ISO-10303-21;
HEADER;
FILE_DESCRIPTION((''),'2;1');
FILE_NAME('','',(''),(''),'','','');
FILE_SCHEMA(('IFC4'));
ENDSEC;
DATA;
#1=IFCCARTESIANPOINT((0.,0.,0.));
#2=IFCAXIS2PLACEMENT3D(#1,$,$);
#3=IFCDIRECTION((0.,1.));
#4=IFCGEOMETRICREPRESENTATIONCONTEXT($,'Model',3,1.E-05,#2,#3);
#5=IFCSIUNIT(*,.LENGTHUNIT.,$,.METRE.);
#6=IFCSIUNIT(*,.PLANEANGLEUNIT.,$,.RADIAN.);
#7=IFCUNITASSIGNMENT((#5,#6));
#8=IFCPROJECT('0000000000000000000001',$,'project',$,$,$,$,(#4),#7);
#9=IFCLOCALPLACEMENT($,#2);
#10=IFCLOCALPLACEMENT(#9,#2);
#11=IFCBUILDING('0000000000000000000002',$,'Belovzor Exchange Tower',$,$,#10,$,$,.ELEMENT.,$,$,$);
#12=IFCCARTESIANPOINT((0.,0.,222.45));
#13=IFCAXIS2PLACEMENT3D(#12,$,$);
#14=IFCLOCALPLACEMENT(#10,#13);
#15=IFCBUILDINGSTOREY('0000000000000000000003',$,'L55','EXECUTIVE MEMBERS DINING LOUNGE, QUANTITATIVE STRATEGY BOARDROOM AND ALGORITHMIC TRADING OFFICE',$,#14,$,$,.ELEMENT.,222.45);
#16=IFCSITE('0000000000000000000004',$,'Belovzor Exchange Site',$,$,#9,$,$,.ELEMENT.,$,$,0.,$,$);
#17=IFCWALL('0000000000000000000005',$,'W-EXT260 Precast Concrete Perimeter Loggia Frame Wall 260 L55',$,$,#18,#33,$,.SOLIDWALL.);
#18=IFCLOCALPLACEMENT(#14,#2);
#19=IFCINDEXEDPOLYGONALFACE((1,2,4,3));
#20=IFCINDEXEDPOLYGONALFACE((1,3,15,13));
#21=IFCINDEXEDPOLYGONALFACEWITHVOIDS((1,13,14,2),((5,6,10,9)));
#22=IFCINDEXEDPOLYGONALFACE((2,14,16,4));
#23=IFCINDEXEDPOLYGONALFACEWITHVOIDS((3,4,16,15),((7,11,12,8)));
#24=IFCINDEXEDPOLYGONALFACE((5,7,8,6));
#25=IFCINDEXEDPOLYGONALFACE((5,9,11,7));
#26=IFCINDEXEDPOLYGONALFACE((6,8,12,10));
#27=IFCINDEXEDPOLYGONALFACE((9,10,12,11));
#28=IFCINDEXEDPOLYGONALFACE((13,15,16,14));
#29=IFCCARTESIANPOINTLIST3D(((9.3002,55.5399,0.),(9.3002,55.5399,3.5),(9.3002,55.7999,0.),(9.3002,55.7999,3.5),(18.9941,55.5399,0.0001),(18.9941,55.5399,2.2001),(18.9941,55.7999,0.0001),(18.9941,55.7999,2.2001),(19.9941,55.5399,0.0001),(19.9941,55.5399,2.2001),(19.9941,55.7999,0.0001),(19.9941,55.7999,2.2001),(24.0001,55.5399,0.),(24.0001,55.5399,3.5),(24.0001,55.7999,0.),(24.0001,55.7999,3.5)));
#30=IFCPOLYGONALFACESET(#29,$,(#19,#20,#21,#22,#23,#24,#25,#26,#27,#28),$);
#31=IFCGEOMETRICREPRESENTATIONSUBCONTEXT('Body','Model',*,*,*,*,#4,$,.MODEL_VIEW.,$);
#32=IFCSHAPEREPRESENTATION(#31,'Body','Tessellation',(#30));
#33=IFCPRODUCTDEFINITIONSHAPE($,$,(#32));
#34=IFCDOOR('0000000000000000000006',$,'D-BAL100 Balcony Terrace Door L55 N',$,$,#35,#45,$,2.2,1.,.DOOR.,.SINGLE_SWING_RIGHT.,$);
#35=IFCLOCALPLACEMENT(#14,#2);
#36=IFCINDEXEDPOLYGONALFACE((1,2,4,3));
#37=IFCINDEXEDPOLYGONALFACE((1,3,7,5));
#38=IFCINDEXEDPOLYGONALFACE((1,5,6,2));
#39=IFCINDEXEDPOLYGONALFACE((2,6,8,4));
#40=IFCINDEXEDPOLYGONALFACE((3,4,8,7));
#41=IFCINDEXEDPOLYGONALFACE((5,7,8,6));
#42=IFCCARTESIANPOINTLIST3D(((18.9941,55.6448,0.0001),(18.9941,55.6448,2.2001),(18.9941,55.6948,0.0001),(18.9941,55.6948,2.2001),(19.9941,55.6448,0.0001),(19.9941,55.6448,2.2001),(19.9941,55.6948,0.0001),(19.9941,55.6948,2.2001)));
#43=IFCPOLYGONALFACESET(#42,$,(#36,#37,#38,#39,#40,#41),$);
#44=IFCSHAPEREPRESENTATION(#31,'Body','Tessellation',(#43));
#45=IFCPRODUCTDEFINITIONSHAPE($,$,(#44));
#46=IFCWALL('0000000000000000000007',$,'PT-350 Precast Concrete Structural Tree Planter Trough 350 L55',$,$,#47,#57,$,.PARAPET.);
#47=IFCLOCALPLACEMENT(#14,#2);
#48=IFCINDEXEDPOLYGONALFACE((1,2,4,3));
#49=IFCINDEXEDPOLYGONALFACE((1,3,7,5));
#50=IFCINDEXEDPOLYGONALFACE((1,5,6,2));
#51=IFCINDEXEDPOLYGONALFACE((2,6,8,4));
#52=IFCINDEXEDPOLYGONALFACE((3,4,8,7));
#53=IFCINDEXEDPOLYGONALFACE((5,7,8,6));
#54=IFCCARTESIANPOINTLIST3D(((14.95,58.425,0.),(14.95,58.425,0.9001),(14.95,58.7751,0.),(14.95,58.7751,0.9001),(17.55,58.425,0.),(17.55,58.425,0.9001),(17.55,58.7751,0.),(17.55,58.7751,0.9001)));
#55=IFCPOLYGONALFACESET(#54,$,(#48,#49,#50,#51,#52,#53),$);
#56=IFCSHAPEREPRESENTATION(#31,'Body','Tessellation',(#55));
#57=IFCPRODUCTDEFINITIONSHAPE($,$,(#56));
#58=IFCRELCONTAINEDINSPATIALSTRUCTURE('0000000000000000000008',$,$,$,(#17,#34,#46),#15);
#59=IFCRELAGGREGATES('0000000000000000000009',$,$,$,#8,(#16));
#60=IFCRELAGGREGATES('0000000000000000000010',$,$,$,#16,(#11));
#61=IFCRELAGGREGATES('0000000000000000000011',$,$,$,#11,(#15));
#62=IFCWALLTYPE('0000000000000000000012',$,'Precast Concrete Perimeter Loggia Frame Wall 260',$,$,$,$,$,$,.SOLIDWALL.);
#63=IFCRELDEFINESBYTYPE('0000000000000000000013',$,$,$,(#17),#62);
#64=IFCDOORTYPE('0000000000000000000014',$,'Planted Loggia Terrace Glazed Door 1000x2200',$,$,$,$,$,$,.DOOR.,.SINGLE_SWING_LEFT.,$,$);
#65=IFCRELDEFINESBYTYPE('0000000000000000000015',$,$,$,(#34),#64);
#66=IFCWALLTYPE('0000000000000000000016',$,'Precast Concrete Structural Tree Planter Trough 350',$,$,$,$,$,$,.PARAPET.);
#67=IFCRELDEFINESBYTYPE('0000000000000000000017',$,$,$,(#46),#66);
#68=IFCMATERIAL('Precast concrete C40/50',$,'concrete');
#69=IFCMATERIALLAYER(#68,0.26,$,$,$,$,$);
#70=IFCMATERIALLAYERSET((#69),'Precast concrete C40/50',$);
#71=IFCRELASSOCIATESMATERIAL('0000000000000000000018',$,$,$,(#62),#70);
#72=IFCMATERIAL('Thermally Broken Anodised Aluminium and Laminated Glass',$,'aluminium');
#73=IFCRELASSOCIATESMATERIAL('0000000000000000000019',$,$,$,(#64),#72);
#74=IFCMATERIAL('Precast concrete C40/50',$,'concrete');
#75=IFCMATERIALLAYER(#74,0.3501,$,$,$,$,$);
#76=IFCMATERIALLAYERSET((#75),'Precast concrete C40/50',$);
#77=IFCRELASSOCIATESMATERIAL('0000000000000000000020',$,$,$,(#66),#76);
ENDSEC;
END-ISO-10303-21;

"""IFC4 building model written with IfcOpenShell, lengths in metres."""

from ifc_helpers import new_model, si_unit, direction, frame, frame_2d, origin, place, context, subcontext, project, spatial, rectangle, extrude, material, layer, layer_set, type_object, element, fill, save


model = new_model("IFC4")

# Units and contexts
model_context = context("Model", 3, precision=1e-05, world=origin(), true_north=direction((0.0, 1.0)))
body_context = subcontext(model_context, "Body", "Model", "MODEL_VIEW")
ifc_project = project(units=[si_unit("LENGTHUNIT", "METRE"), si_unit("PLANEANGLEUNIT", "RADIAN")], contexts=[model_context])

# Site, building, storey
site_placement = place(None, origin())
site = spatial("IfcSite", under=ifc_project, at=site_placement, Name="Belovzor Exchange Site", CompositionType="ELEMENT", RefElevation=0.0)
building_placement = place(site_placement, origin())
building = spatial("IfcBuilding", under=site, at=building_placement, Name="Belovzor Exchange Tower", CompositionType="ELEMENT")
storey_placement = place(building_placement, frame((0.0, 0.0, 222.45)))
storey = spatial("IfcBuildingStorey", under=building, at=storey_placement, Name="L55", Description="EXECUTIVE MEMBERS DINING LOUNGE, QUANTITATIVE STRATEGY BOARDROOM AND ALGORITHMIC TRADING OFFICE", CompositionType="ELEMENT", Elevation=222.45)

# Wall, opening, door
ifc_material_1 = material(Name="Precast concrete C40/50", Category="concrete")
ifc_layer_1 = layer(ifc_material_1, 0.26)
ifc_layer_set_1 = layer_set([ifc_layer_1], Name="Precast concrete C40/50")
wall_type_1 = type_object("IfcWallType", Name="Precast Concrete Perimeter Loggia Frame Wall 260", PredefinedType="SOLIDWALL", material=ifc_layer_set_1)
wall_1_placement = place(storey_placement, frame((9.3, 55.6699, 0.0), z_axis=(0.0, 0.0, 1.0), x_axis=(1.0, 0.0, 0.0)))
wall_1 = element("IfcWall", 1, at=wall_1_placement, inside=storey, type_object=wall_type_1, Name="W-EXT260 Precast Concrete Perimeter Loggia Frame Wall 260 L55", PredefinedType="SOLIDWALL", context=body_context, shape_type="SweptSolid", body=[
    extrude(rectangle(XDim=14.7, YDim=0.26, at=frame_2d((7.3501, 0.0))), origin(), (0.0, 0.0, 1.0), 3.5),
])
opening_1_placement = place(wall_1_placement, frame((9.6941, 0.0, 0.0)))
opening_1 = element("IfcOpeningElement", 2, at=opening_1_placement, cuts=wall_1, PredefinedType="OPENING", context=body_context, shape_type="SweptSolid", body=[
    extrude(rectangle(XDim=1.0, YDim=2.2, at=frame_2d((0.5, 1.1001))), frame((0.0, 0.1399, 0.0), z_axis=(0.0, -1.0, 0.0), x_axis=(1.0, 0.0, 0.0)), (0.0, 0.0, 1.0), 0.28),
])
ifc_material_2 = material(Name="Thermally Broken Anodised Aluminium and Laminated Glass", Category="aluminium")
door_type_1 = type_object("IfcDoorType", Name="Planted Loggia Terrace Glazed Door 1000x2200", OperationType="SINGLE_SWING_LEFT", PredefinedType="DOOR", material=ifc_material_2)
door_1_placement = place(opening_1_placement, origin())
door_1 = element("IfcDoor", 3, at=door_1_placement, inside=storey, type_object=door_type_1, Name="D-BAL100 Balcony Terrace Door L55 N", OperationType="SINGLE_SWING_RIGHT", OverallHeight=2.2, OverallWidth=1.0, PredefinedType="DOOR", context=body_context, shape_type="SweptSolid", body=[
    extrude(rectangle(XDim=1.0, YDim=2.2, at=frame_2d((0.5, 1.1001))), frame((0.0, 0.0249, 0.0), z_axis=(0.0, -1.0, 0.0), x_axis=(1.0, 0.0, 0.0)), (0.0, 0.0, 1.0), 0.05),
])
fill(opening_1, door_1)

# Wall
ifc_material_3 = material(Name="Precast concrete C40/50", Category="concrete")
ifc_layer_2 = layer(ifc_material_3, 0.3501)
ifc_layer_set_2 = layer_set([ifc_layer_2], Name="Precast concrete C40/50")
wall_type_2 = type_object("IfcWallType", Name="Precast Concrete Structural Tree Planter Trough 350", PredefinedType="PARAPET", material=ifc_layer_set_2)
wall_2_placement = place(storey_placement, frame((14.95, 58.6001, 0.0), z_axis=(0.0, 0.0, 1.0), x_axis=(1.0, 0.0, 0.0)))
element("IfcWall", 4, at=wall_2_placement, inside=storey, type_object=wall_type_2, Name="PT-350 Precast Concrete Structural Tree Planter Trough 350 L55", PredefinedType="PARAPET", context=body_context, shape_type="SweptSolid", body=[
    extrude(rectangle(XDim=2.6001, YDim=0.3501, at=frame_2d((1.3, 0.0))), origin(), (0.0, 0.0, 1.0), 0.9001),
])

save(model, "model.ifc")
